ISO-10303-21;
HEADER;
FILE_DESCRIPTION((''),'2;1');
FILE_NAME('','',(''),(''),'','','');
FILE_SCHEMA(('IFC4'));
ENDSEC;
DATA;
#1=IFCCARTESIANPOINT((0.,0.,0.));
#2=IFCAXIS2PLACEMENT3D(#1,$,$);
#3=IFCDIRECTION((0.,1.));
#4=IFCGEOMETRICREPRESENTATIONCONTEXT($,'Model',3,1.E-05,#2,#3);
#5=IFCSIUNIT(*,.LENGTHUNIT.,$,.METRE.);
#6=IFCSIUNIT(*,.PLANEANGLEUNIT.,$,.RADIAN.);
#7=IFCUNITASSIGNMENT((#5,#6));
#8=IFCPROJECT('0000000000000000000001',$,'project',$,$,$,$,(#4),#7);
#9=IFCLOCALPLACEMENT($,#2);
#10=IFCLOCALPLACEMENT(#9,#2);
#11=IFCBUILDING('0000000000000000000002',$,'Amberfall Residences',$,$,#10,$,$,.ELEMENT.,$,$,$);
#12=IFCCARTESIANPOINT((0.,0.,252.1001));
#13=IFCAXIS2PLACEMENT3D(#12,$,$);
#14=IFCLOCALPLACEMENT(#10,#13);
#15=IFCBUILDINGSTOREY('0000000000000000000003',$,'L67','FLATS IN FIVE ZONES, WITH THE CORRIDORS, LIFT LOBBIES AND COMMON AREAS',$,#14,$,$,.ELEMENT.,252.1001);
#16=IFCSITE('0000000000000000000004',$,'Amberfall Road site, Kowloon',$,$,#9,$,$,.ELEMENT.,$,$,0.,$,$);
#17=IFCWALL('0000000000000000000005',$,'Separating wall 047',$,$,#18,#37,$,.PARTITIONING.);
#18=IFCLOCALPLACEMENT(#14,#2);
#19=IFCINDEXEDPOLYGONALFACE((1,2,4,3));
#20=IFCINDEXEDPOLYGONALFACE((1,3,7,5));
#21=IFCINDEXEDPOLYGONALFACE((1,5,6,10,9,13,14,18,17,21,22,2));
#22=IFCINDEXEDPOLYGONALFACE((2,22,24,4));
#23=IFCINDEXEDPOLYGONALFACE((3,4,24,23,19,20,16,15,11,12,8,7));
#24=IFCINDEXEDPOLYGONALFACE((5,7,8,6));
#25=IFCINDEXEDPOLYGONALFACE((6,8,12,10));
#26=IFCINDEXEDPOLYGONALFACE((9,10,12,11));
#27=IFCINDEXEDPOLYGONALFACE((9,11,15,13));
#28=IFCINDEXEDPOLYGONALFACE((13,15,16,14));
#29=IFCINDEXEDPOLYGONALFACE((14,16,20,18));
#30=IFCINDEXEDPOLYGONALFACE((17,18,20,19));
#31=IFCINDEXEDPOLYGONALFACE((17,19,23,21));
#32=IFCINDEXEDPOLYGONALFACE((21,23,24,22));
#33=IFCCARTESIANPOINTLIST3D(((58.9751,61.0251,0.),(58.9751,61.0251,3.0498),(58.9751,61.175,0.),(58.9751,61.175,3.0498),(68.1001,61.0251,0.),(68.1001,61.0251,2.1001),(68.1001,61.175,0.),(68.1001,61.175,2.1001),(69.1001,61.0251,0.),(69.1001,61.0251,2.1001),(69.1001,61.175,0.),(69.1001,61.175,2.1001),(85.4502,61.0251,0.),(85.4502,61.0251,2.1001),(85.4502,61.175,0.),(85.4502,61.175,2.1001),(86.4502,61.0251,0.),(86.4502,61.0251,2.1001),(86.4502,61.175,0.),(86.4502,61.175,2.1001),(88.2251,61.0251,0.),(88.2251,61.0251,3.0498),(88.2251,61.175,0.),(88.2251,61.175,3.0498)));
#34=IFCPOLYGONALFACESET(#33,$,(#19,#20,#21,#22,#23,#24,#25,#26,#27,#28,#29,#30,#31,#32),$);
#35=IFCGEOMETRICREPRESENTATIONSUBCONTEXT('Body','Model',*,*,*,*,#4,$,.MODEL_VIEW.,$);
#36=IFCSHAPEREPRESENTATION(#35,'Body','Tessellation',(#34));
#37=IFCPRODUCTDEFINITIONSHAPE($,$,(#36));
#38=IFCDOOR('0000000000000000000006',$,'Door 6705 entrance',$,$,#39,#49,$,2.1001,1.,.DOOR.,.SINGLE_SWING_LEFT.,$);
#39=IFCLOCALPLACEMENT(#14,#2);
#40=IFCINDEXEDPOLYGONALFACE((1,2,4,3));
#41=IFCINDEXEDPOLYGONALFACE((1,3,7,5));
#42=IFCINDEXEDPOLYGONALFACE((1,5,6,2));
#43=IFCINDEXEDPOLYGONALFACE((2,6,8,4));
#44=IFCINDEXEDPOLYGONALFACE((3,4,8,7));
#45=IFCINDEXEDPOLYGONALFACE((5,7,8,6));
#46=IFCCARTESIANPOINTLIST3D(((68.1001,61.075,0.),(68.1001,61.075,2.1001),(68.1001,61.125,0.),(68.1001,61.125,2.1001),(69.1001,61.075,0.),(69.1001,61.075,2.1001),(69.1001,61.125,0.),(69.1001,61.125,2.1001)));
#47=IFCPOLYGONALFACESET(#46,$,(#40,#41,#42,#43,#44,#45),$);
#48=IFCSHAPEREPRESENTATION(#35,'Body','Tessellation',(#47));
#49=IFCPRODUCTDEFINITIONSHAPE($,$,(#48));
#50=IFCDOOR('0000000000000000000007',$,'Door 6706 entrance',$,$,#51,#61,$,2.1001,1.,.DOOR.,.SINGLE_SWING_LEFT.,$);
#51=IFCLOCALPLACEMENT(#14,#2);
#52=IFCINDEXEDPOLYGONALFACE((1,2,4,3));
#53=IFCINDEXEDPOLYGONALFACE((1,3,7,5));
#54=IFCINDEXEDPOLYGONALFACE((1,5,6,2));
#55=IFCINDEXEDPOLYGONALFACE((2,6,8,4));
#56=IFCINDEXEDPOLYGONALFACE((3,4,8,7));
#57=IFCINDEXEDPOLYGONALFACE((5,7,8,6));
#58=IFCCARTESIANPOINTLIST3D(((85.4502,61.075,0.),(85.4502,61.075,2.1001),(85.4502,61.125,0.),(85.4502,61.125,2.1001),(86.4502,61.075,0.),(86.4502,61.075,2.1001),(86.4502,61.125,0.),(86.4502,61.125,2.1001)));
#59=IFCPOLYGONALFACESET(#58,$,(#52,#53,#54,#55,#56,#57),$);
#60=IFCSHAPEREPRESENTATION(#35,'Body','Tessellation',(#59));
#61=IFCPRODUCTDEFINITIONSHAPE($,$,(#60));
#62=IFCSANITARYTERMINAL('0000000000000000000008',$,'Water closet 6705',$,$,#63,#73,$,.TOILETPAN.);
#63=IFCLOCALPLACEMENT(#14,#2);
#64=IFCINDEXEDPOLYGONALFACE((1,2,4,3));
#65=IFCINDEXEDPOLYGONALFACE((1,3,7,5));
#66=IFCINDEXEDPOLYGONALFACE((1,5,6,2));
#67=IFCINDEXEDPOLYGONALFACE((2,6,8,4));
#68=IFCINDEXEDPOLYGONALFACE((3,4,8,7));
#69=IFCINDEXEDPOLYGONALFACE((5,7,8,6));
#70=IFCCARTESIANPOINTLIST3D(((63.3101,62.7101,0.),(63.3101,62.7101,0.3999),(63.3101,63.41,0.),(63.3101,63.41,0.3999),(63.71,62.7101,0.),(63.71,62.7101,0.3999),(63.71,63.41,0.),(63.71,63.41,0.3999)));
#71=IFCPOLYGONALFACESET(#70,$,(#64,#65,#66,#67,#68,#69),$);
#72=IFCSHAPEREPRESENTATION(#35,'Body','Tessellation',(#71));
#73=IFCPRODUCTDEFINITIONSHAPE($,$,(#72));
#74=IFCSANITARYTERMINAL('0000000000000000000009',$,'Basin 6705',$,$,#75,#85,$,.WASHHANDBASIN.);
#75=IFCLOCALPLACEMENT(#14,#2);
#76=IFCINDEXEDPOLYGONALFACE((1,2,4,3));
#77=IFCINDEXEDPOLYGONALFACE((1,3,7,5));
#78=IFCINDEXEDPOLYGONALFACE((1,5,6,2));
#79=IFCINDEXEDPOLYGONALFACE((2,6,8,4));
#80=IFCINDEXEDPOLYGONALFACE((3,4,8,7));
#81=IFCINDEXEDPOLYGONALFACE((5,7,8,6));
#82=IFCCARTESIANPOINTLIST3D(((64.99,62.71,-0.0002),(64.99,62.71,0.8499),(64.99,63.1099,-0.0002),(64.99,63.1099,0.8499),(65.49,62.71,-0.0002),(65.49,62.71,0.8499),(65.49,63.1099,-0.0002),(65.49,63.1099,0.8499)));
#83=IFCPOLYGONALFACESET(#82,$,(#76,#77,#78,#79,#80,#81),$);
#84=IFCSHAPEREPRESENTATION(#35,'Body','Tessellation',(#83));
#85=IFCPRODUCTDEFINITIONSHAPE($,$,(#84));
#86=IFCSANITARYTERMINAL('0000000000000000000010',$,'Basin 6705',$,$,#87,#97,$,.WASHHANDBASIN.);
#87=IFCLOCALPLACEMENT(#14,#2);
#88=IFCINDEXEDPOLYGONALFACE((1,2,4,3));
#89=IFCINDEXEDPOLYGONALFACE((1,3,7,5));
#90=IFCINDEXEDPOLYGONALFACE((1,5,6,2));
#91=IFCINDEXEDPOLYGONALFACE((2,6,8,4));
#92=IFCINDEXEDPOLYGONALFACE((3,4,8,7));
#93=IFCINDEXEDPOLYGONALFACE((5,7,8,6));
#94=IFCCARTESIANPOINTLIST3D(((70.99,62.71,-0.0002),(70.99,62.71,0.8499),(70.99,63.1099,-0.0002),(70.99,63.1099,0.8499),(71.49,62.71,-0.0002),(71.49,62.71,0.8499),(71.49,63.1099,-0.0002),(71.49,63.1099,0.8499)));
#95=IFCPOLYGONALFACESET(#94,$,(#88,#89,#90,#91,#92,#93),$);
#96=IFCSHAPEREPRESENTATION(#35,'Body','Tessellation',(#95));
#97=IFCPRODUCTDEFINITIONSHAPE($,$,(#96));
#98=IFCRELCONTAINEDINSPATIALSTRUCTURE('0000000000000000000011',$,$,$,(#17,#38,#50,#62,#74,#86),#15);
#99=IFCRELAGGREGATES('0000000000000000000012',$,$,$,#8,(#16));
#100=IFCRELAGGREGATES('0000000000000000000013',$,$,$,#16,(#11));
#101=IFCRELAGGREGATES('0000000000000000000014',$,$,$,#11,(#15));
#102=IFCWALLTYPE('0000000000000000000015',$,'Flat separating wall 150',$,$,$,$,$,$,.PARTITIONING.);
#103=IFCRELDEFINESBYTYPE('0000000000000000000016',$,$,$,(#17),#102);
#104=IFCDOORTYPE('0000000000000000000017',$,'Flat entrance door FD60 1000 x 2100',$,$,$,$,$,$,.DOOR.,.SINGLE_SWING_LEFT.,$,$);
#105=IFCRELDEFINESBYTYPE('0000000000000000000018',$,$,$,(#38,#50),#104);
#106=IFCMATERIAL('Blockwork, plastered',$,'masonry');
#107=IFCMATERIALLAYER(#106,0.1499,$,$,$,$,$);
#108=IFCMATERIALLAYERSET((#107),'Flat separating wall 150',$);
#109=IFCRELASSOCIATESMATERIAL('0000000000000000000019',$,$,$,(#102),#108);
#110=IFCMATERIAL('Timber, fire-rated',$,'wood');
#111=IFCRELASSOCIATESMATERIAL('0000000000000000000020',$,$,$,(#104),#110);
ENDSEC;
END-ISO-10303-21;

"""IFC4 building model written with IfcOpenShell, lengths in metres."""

from ifc_helpers import new_model, si_unit, direction, frame, frame_2d, origin, origin_2d, place, context, subcontext, project, spatial, rectangle, extrude, material, layer, layer_set, type_object, element, fill, save


model = new_model("IFC4")

# Units and contexts
model_context = context("Model", 3, precision=1e-05, world=origin(), true_north=direction((0.0, 1.0)))
body_context = subcontext(model_context, "Body", "Model", "MODEL_VIEW")
ifc_project = project(units=[si_unit("LENGTHUNIT", "METRE"), si_unit("PLANEANGLEUNIT", "RADIAN")], contexts=[model_context])

# Site, building, storey
site_placement = place(None, origin())
site = spatial("IfcSite", under=ifc_project, at=site_placement, Name="Amberfall Road site, Kowloon", CompositionType="ELEMENT", RefElevation=0.0)
building_placement = place(site_placement, origin())
building = spatial("IfcBuilding", under=site, at=building_placement, Name="Amberfall Residences", CompositionType="ELEMENT")
storey_placement = place(building_placement, frame((0.0, 0.0, 252.1001)))
storey = spatial("IfcBuildingStorey", under=building, at=storey_placement, Name="L67", Description="FLATS IN FIVE ZONES, WITH THE CORRIDORS, LIFT LOBBIES AND COMMON AREAS", CompositionType="ELEMENT", Elevation=252.1001)

# Shared definitions
ifc_material_1 = material(Name="Blockwork, plastered", Category="masonry")
ifc_layer_1 = layer(ifc_material_1, 0.1499)
ifc_layer_set_1 = layer_set([ifc_layer_1], Name="Flat separating wall 150")
wall_type_1 = type_object("IfcWallType", Name="Flat separating wall 150", PredefinedType="PARTITIONING", material=ifc_layer_set_1)

# Wall, openings, doors
wall_1_placement = place(storey_placement, frame((58.9751, 61.1001, 0.0), z_axis=(0.0, 0.0, 1.0), x_axis=(1.0, 0.0, 0.0)))
wall_1 = element("IfcWall", 1, at=wall_1_placement, inside=storey, type_object=wall_type_1, Name="Separating wall 047", PredefinedType="PARTITIONING", context=body_context, shape_type="SweptSolid", body=[
    extrude(rectangle(XDim=29.25, YDim=0.1499, at=frame_2d((14.625, 0.0))), origin(), (0.0, 0.0, 1.0), 3.0498),
])
opening_1_placement = place(wall_1_placement, frame((9.125, 0.0, 0.0)))
opening_1 = element("IfcOpeningElement", 2, at=opening_1_placement, cuts=wall_1, PredefinedType="OPENING", context=body_context, shape_type="SweptSolid", body=[
    extrude(rectangle(XDim=1.0, YDim=2.1001, at=frame_2d((0.5, 1.05))), frame((0.0, 0.085, 0.0), z_axis=(0.0, -1.0, 0.0), x_axis=(1.0, 0.0, 0.0)), (0.0, 0.0, 1.0), 0.1699),
])
opening_2_placement = place(wall_1_placement, frame((26.4751, 0.0, 0.0)))
opening_2 = element("IfcOpeningElement", 3, at=opening_2_placement, cuts=wall_1, PredefinedType="OPENING", context=body_context, shape_type="SweptSolid", body=[
    extrude(rectangle(XDim=1.0, YDim=2.1001, at=frame_2d((0.5, 1.05))), frame((0.0, 0.085, 0.0), z_axis=(0.0, -1.0, 0.0), x_axis=(1.0, 0.0, 0.0)), (0.0, 0.0, 1.0), 0.1699),
])
ifc_material_2 = material(Name="Timber, fire-rated", Category="wood")
door_type_1 = type_object("IfcDoorType", Name="Flat entrance door FD60 1000 x 2100", OperationType="SINGLE_SWING_LEFT", PredefinedType="DOOR", material=ifc_material_2)
door_1_placement = place(opening_1_placement, origin())
door_1 = element("IfcDoor", 4, at=door_1_placement, inside=storey, type_object=door_type_1, Name="Door 6705 entrance", OperationType="SINGLE_SWING_LEFT", OverallHeight=2.1001, OverallWidth=1.0, PredefinedType="DOOR", context=body_context, shape_type="SweptSolid", body=[
    extrude(rectangle(XDim=1.0, YDim=2.1001, at=frame_2d((0.5, 1.05))), frame((0.0, 0.0249, 0.0), z_axis=(0.0, -1.0, 0.0), x_axis=(1.0, 0.0, 0.0)), (0.0, 0.0, 1.0), 0.05),
])
fill(opening_1, door_1)
door_2_placement = place(opening_2_placement, origin())
door_2 = element("IfcDoor", 5, at=door_2_placement, inside=storey, type_object=door_type_1, Name="Door 6706 entrance", OperationType="SINGLE_SWING_LEFT", OverallHeight=2.1001, OverallWidth=1.0, PredefinedType="DOOR", context=body_context, shape_type="SweptSolid", body=[
    extrude(rectangle(XDim=1.0, YDim=2.1001, at=frame_2d((0.5, 1.05))), frame((0.0, 0.0249, 0.0), z_axis=(0.0, -1.0, 0.0), x_axis=(1.0, 0.0, 0.0)), (0.0, 0.0, 1.0), 0.05),
])
fill(opening_2, door_2)

# Sanitary terminals
sanitary_terminal_placement = place(storey_placement, frame((63.51, 63.0601, 0.0), z_axis=(0.0, 0.0, 1.0), x_axis=(1.0, 0.0, 0.0)))
element("IfcSanitaryTerminal", 6, at=sanitary_terminal_placement, inside=storey, Name="Water closet 6705", PredefinedType="TOILETPAN", context=body_context, shape_type="SweptSolid", body=[
    extrude(rectangle(XDim=0.3999, YDim=0.7, at=origin_2d()), origin(), (0.0, 0.0, 1.0), 0.3999),
])
for number, where, z_axis, x_axis, name in (
    (7, (65.24, 62.9099, -0.0002), (0.0, 0.0, 1.0), (1.0, 0.0, 0.0), "Basin 6705"),
    (8, (71.24, 62.9099, -0.0002), (0.0, 0.0, 1.0), (1.0, 0.0, 0.0), "Basin 6705"),
):
    element("IfcSanitaryTerminal", number, at=place(storey_placement, frame(where, z_axis=z_axis, x_axis=x_axis)), inside=storey, Name=name, PredefinedType="WASHHANDBASIN", context=body_context, shape_type="SweptSolid", body=[
        extrude(rectangle(XDim=0.5, YDim=0.3999, at=origin_2d()), origin(), (0.0, 0.0, 1.0), 0.8501),
    ])

save(model, "model.ifc")
